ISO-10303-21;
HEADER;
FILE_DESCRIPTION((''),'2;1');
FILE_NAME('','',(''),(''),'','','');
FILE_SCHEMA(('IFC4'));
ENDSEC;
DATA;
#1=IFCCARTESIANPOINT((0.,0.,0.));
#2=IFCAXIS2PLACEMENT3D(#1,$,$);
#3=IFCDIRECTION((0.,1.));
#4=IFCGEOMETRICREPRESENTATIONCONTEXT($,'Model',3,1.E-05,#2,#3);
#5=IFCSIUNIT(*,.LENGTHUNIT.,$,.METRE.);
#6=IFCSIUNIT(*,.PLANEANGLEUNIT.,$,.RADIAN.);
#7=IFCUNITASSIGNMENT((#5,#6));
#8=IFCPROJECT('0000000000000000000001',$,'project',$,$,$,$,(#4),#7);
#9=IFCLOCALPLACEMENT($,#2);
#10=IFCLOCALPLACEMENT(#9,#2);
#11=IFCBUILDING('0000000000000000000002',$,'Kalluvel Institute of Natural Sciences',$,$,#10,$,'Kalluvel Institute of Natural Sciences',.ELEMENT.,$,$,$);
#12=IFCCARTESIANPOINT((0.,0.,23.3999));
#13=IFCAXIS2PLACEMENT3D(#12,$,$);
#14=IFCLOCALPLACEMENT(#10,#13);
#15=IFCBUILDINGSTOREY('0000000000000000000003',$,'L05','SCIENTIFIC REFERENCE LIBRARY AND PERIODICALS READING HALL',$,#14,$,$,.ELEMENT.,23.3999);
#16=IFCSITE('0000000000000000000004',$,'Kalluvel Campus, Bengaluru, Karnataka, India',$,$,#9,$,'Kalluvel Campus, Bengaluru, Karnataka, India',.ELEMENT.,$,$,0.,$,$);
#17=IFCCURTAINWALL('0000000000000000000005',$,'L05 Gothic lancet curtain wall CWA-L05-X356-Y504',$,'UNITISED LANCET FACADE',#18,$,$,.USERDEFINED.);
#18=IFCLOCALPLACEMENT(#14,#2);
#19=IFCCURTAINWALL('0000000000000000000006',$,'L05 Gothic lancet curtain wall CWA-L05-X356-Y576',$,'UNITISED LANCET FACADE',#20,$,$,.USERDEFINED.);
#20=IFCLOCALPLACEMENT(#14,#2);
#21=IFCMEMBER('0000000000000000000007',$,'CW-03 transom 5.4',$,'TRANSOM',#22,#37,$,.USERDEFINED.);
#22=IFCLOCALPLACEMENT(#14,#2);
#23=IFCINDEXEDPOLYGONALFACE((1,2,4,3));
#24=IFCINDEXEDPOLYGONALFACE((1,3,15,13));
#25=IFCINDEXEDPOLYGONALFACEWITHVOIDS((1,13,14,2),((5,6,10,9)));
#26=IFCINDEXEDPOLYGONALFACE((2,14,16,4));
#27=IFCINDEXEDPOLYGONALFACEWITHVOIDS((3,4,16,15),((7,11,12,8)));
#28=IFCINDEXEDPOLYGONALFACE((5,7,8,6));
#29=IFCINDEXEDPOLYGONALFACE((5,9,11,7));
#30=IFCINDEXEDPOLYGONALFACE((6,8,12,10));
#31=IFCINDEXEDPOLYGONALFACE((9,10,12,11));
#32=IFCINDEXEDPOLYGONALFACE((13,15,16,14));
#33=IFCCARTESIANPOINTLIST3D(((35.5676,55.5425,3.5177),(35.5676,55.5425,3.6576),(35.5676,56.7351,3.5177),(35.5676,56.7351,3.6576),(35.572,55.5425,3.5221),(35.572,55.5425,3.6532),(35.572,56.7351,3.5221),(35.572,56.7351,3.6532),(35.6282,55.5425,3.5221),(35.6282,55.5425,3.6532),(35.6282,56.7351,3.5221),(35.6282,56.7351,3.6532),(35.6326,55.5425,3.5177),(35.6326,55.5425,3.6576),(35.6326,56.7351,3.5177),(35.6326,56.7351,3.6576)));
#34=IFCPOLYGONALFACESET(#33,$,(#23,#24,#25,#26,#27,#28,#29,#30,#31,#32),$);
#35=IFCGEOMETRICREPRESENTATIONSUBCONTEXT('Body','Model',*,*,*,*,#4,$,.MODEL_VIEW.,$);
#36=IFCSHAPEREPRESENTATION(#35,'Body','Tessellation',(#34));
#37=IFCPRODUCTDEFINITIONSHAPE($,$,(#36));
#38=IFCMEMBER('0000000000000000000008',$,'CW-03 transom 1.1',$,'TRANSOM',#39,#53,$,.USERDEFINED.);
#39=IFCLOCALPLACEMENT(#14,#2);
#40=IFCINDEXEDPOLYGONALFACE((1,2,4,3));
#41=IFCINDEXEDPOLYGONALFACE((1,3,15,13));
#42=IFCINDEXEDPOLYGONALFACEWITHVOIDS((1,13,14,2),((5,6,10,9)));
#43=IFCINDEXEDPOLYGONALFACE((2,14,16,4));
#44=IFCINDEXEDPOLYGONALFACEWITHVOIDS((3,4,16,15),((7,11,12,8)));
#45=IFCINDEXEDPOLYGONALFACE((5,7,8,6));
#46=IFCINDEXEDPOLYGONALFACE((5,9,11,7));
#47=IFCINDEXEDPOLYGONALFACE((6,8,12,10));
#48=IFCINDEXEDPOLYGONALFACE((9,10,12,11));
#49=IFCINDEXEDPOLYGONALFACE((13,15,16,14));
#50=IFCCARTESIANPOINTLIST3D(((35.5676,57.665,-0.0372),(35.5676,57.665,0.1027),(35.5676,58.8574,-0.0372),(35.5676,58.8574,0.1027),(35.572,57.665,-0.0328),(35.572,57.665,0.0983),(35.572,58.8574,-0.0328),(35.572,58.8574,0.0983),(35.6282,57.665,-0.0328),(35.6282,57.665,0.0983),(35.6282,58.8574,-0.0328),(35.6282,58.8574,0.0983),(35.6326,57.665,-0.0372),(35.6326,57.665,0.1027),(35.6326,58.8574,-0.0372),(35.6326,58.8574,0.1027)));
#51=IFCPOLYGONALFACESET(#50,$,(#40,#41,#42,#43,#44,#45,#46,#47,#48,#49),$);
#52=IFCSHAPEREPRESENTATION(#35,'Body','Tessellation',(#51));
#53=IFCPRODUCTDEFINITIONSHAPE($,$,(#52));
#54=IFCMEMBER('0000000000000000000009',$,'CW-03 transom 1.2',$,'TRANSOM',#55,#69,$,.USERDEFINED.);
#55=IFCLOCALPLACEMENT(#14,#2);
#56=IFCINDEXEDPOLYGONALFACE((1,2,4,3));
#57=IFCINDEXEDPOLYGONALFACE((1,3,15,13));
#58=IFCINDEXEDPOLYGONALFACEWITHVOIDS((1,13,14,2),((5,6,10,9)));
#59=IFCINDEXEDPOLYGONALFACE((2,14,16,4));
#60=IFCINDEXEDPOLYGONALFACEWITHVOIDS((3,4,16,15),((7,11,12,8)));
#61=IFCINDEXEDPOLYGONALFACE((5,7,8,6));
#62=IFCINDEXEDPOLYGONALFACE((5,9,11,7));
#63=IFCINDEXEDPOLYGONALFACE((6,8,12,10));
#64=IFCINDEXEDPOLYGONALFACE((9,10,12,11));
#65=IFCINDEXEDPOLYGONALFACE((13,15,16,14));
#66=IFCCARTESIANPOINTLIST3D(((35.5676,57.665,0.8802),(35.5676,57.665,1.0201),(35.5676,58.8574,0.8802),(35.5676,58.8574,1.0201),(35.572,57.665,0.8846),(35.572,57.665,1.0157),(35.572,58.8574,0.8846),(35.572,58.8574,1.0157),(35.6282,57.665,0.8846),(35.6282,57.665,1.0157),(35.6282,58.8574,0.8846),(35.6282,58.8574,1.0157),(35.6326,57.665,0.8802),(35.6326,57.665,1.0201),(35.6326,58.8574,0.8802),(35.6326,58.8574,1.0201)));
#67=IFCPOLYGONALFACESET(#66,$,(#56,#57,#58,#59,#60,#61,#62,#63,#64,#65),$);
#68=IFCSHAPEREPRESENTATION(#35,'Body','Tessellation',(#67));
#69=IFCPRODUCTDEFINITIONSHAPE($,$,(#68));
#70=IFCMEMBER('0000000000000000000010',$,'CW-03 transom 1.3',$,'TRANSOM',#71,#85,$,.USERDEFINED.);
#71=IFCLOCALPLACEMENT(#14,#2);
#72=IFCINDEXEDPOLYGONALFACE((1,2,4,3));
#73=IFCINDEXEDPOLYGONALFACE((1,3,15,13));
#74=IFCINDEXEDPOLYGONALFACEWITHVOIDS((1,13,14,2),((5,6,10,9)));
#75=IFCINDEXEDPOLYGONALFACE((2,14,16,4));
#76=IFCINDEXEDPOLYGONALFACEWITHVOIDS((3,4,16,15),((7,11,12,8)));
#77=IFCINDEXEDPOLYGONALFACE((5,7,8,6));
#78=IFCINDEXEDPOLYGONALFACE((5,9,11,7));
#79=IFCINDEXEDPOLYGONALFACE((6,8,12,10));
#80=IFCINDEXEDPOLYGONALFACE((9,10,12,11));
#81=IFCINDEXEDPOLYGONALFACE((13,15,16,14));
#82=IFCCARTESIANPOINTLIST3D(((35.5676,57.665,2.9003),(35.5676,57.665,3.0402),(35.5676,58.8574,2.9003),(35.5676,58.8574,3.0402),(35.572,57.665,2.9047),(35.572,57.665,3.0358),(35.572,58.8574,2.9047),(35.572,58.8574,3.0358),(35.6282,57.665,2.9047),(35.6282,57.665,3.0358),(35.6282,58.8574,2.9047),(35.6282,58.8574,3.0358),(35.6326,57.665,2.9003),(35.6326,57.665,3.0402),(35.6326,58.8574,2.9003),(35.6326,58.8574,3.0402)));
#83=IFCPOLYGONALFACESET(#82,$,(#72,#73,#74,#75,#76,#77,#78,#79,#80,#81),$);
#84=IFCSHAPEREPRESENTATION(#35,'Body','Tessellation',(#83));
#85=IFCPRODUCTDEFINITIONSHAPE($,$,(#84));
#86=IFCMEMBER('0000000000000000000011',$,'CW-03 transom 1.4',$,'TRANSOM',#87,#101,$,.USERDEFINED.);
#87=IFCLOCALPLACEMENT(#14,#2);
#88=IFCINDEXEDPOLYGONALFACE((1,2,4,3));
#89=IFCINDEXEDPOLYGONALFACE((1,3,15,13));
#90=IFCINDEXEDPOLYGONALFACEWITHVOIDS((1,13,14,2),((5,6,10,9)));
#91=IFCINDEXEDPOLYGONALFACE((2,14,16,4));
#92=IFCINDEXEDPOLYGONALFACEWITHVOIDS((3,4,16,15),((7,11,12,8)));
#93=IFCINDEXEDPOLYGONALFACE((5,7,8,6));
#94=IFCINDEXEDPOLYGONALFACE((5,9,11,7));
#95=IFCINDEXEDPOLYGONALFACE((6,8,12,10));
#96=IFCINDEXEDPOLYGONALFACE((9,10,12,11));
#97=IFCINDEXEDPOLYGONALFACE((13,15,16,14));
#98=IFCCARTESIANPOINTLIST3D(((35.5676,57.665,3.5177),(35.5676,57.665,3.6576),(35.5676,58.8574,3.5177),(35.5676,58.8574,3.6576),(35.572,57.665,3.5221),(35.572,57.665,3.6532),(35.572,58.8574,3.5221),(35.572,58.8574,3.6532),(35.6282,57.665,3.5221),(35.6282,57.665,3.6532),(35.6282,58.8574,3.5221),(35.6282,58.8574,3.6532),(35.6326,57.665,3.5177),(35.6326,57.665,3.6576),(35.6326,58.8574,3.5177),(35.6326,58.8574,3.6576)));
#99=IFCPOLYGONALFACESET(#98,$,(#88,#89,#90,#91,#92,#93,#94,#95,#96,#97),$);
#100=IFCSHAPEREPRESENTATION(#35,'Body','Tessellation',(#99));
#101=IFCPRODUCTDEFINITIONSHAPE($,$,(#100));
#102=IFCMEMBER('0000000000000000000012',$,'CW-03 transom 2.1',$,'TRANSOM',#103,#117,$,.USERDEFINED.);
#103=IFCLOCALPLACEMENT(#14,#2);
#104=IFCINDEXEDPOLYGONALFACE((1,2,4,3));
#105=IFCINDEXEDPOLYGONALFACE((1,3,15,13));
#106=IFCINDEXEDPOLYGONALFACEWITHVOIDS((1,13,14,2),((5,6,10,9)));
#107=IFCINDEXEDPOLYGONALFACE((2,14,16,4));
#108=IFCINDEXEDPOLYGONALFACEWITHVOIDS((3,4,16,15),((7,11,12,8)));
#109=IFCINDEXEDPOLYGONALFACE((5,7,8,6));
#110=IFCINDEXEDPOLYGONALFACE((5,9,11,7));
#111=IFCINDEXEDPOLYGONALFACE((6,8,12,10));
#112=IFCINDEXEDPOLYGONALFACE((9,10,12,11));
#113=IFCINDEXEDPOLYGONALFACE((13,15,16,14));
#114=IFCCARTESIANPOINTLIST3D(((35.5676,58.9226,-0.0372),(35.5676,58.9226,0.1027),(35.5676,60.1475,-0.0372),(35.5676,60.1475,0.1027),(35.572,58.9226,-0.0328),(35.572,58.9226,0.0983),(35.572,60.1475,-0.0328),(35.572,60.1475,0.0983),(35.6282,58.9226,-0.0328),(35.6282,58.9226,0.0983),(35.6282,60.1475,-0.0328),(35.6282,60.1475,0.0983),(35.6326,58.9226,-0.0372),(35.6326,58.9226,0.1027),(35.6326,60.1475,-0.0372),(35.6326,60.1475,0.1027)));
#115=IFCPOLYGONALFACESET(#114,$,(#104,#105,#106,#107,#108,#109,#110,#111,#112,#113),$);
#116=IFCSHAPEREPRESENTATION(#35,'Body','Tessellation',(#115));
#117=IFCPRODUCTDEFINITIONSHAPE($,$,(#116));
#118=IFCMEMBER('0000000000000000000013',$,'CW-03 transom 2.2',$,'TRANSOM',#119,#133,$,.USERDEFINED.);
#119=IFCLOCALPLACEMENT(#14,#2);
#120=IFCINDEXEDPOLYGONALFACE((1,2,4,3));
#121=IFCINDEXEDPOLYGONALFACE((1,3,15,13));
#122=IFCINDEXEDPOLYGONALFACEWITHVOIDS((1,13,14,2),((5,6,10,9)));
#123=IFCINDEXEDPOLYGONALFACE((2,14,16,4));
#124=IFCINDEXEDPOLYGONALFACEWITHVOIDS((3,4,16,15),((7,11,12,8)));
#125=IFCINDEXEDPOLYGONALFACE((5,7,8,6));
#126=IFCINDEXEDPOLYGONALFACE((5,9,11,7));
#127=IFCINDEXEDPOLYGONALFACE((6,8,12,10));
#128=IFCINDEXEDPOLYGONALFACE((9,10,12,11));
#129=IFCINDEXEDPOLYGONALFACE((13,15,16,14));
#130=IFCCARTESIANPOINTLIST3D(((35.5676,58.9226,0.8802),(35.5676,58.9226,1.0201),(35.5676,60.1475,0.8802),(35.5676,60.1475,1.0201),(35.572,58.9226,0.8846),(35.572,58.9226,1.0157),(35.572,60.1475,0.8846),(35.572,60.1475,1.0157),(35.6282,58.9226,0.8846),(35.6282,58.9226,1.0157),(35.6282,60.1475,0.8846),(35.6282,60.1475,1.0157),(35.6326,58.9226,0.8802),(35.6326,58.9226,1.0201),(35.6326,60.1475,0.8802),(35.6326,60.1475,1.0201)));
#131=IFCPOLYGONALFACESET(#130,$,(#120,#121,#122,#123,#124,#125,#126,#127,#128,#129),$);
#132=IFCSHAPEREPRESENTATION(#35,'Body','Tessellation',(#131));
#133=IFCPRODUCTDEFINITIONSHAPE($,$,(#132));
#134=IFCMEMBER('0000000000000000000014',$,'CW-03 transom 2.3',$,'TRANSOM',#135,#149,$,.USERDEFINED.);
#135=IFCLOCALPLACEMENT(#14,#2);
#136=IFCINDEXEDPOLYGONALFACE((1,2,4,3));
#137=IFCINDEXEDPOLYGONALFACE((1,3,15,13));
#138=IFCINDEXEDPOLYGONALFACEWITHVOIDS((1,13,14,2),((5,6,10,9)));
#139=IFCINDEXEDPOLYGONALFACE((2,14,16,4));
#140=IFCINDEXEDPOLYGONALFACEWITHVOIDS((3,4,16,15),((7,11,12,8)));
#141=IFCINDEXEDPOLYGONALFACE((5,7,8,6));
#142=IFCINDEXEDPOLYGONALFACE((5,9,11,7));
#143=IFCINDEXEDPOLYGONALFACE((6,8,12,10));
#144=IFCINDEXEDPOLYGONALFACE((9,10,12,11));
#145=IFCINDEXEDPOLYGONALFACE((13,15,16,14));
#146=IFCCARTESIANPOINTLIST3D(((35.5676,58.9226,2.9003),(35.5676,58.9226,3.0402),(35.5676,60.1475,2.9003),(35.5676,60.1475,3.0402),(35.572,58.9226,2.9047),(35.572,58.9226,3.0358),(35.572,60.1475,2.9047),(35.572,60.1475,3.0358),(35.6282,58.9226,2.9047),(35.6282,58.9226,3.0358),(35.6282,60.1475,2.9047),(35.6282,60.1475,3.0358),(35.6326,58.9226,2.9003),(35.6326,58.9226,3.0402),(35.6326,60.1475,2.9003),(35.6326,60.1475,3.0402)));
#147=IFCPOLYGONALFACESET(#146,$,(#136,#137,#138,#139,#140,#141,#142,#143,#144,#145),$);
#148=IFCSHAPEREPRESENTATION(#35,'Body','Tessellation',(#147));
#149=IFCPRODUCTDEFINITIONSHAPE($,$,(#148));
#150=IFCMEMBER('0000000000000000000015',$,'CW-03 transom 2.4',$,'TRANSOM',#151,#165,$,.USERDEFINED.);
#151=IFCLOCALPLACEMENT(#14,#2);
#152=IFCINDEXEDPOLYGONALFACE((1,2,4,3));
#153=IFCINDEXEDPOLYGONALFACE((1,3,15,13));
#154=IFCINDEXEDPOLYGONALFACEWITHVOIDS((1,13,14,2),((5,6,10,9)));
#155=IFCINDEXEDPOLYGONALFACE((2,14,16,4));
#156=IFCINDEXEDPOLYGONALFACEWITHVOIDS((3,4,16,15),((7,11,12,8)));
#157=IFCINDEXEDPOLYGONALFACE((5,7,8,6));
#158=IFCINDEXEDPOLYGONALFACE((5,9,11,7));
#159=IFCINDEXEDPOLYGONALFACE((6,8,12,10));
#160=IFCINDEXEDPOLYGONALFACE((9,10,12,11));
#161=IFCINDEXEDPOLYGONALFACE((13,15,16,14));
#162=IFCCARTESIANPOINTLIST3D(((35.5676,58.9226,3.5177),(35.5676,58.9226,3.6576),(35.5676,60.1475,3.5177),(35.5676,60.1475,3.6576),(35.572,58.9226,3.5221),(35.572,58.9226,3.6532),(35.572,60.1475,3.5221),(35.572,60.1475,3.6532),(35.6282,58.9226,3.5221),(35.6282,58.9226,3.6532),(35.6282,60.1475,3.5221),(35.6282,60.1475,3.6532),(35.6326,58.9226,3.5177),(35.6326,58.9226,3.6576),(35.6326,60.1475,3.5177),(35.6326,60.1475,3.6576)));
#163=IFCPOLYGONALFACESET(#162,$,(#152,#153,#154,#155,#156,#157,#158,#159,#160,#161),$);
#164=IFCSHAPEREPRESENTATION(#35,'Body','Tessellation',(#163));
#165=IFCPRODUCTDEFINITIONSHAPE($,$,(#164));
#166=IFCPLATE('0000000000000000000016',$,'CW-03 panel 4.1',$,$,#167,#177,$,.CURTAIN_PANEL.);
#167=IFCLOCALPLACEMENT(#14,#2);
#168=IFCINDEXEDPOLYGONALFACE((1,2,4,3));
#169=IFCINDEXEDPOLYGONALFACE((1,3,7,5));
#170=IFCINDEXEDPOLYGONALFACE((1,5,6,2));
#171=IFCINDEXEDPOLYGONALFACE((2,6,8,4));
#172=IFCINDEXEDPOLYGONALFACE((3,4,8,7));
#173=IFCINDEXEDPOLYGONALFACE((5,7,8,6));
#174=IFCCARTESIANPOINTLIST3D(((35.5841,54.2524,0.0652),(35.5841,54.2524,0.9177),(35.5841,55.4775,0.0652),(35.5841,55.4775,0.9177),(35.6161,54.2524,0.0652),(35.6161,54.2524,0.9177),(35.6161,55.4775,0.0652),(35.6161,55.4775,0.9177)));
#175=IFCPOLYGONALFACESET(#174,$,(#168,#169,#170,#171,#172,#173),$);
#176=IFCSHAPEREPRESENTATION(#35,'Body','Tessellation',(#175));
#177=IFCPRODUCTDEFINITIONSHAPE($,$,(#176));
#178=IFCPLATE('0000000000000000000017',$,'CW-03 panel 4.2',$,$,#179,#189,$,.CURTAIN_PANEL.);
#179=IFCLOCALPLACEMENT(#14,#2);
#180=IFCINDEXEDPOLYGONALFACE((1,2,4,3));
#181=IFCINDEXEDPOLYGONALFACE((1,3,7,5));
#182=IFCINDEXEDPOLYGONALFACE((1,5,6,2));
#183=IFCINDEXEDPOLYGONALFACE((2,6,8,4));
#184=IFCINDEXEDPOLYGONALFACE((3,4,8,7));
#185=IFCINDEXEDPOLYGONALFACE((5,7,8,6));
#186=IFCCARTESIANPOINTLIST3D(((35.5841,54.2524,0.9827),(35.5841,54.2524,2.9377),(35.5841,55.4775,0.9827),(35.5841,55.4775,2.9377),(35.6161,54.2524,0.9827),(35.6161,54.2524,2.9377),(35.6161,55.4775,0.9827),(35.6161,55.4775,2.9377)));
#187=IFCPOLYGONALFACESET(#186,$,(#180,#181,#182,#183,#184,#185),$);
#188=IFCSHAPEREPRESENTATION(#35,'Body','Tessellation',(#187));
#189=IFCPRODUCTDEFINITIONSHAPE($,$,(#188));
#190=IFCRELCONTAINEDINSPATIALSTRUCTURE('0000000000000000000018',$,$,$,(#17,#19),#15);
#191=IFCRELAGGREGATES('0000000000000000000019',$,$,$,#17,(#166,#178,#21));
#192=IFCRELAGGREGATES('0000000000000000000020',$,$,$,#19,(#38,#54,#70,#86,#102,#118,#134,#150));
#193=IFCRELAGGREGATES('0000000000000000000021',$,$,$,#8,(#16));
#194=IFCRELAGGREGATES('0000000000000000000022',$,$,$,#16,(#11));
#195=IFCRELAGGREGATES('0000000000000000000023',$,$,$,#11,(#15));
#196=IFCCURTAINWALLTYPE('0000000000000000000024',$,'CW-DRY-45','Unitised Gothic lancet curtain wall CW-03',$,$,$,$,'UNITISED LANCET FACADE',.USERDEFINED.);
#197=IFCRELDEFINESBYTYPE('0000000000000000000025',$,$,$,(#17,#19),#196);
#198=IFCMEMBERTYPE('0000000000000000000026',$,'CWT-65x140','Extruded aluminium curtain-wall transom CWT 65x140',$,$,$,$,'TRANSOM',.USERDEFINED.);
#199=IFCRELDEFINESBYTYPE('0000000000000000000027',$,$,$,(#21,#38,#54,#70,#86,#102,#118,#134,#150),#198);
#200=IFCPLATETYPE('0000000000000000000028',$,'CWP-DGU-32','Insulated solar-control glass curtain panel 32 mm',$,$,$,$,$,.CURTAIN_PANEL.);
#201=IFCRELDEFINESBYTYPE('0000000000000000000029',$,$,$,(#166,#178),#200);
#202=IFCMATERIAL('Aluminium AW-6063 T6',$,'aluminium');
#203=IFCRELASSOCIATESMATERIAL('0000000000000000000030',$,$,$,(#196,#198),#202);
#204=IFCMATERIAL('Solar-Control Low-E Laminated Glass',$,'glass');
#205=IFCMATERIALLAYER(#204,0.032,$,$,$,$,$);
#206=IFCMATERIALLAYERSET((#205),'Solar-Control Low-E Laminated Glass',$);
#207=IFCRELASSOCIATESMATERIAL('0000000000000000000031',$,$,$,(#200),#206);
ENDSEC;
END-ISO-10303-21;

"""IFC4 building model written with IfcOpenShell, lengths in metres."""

from ifc_helpers import new_model, si_unit, direction, frame, origin, origin_2d, place, context, subcontext, project, spatial, rectangle, hollow_rectangle, extrude, material, layer, layer_set, material_profile, profile_set, type_object, element, aggregate, save


model = new_model("IFC4")

# Units and contexts
model_context = context("Model", 3, precision=1e-05, world=origin(), true_north=direction((0.0, 1.0)))
body_context = subcontext(model_context, "Body", "Model", "MODEL_VIEW")
ifc_project = project(units=[si_unit("LENGTHUNIT", "METRE"), si_unit("PLANEANGLEUNIT", "RADIAN")], contexts=[model_context])

# Site, building, storey
site_placement = place(None, origin())
site = spatial("IfcSite", under=ifc_project, at=site_placement, Name="Kalluvel Campus, Bengaluru, Karnataka, India", LongName="Kalluvel Campus, Bengaluru, Karnataka, India", CompositionType="ELEMENT", RefElevation=0.0)
building_placement = place(site_placement, origin())
building = spatial("IfcBuilding", under=site, at=building_placement, Name="Kalluvel Institute of Natural Sciences", LongName="Kalluvel Institute of Natural Sciences", CompositionType="ELEMENT")
storey_placement = place(building_placement, frame((0.0, 0.0, 23.3999)))
storey = spatial("IfcBuildingStorey", under=building, at=storey_placement, Name="L05", Description="SCIENTIFIC REFERENCE LIBRARY AND PERIODICALS READING HALL", CompositionType="ELEMENT", Elevation=23.3999)

# Curtain walls
ifc_material_1 = material(Name="Aluminium AW-6063 T6", Category="aluminium")
curtain_wall_type = type_object("IfcCurtainWallType", Name="CW-DRY-45", Description="Unitised Gothic lancet curtain wall CW-03", ElementType="UNITISED LANCET FACADE", PredefinedType="USERDEFINED", material=ifc_material_1)
curtain_wall_1_placement = place(storey_placement, origin())
curtain_wall_1 = element("IfcCurtainWall", 1, at=curtain_wall_1_placement, inside=storey, type_object=curtain_wall_type, Name="L05 Gothic lancet curtain wall CWA-L05-X356-Y504", ObjectType="UNITISED LANCET FACADE", PredefinedType="USERDEFINED")
curtain_wall_2_placement = place(storey_placement, origin())
curtain_wall_2 = element("IfcCurtainWall", 2, at=curtain_wall_2_placement, inside=storey, type_object=curtain_wall_type, Name="L05 Gothic lancet curtain wall CWA-L05-X356-Y576", ObjectType="UNITISED LANCET FACADE", PredefinedType="USERDEFINED")

# Members
ifc_material_profile_1 = material_profile(ifc_material_1, hollow_rectangle(XDim=0.0649, YDim=0.1399, WallThickness=0.0044, at=origin_2d()), Name="CWT 65x140")
ifc_profile_set_1 = profile_set([ifc_material_profile_1], Name="Aluminium AW-6063 T6")
member_type_1 = type_object("IfcMemberType", Name="CWT-65x140", Description="Extruded aluminium curtain-wall transom CWT 65x140", ElementType="TRANSOM", PredefinedType="USERDEFINED", material=ifc_profile_set_1)
member_1_placement = place(storey_placement, frame((35.6001, 55.5425, 3.5876), z_axis=(0.0, 1.0, 0.0), x_axis=(-1.0, 0.0, 0.0)))
member_1 = element("IfcMember", 3, at=member_1_placement, type_object=member_type_1, Name="CW-03 transom 5.4", ObjectType="TRANSOM", PredefinedType="USERDEFINED", context=body_context, shape_type="SweptSolid", body=[
    extrude(hollow_rectangle(XDim=0.0649, YDim=0.1399, WallThickness=0.0044, at=origin_2d()), origin(), (0.0, 0.0, 1.0), 1.1926),
])
member_2_placement = place(storey_placement, frame((35.6001, 57.665, 0.0327), z_axis=(0.0, 1.0, 0.0), x_axis=(-1.0, 0.0, 0.0)))
member_2 = element("IfcMember", 4, at=member_2_placement, type_object=member_type_1, Name="CW-03 transom 1.1", ObjectType="TRANSOM", PredefinedType="USERDEFINED", context=body_context, shape_type="SweptSolid", body=[
    extrude(hollow_rectangle(XDim=0.0649, YDim=0.1399, WallThickness=0.0044, at=origin_2d()), origin(), (0.0, 0.0, 1.0), 1.1924),
])
member_3_placement = place(storey_placement, frame((35.6001, 57.665, 0.9502), z_axis=(0.0, 1.0, 0.0), x_axis=(-1.0, 0.0, 0.0)))
member_3 = element("IfcMember", 5, at=member_3_placement, type_object=member_type_1, Name="CW-03 transom 1.2", ObjectType="TRANSOM", PredefinedType="USERDEFINED", context=body_context, shape_type="SweptSolid", body=[
    extrude(hollow_rectangle(XDim=0.0649, YDim=0.1399, WallThickness=0.0044, at=origin_2d()), origin(), (0.0, 0.0, 1.0), 1.1924),
])
member_4_placement = place(storey_placement, frame((35.6001, 57.665, 2.9702), z_axis=(0.0, 1.0, 0.0), x_axis=(-1.0, 0.0, 0.0)))
member_4 = element("IfcMember", 6, at=member_4_placement, type_object=member_type_1, Name="CW-03 transom 1.3", ObjectType="TRANSOM", PredefinedType="USERDEFINED", context=body_context, shape_type="SweptSolid", body=[
    extrude(hollow_rectangle(XDim=0.0649, YDim=0.1399, WallThickness=0.0044, at=origin_2d()), origin(), (0.0, 0.0, 1.0), 1.1924),
])
member_5_placement = place(storey_placement, frame((35.6001, 57.665, 3.5876), z_axis=(0.0, 1.0, 0.0), x_axis=(-1.0, 0.0, 0.0)))
member_5 = element("IfcMember", 7, at=member_5_placement, type_object=member_type_1, Name="CW-03 transom 1.4", ObjectType="TRANSOM", PredefinedType="USERDEFINED", context=body_context, shape_type="SweptSolid", body=[
    extrude(hollow_rectangle(XDim=0.0649, YDim=0.1399, WallThickness=0.0044, at=origin_2d()), origin(), (0.0, 0.0, 1.0), 1.1924),
])
member_6_placement = place(storey_placement, frame((35.6001, 58.9226, 0.0327), z_axis=(0.0, 1.0, 0.0), x_axis=(-1.0, 0.0, 0.0)))
member_6 = element("IfcMember", 8, at=member_6_placement, type_object=member_type_1, Name="CW-03 transom 2.1", ObjectType="TRANSOM", PredefinedType="USERDEFINED", context=body_context, shape_type="SweptSolid", body=[
    extrude(hollow_rectangle(XDim=0.0649, YDim=0.1399, WallThickness=0.0044, at=origin_2d()), origin(), (0.0, 0.0, 1.0), 1.2249),
])
member_7_placement = place(storey_placement, frame((35.6001, 58.9226, 0.9502), z_axis=(0.0, 1.0, 0.0), x_axis=(-1.0, 0.0, 0.0)))
member_7 = element("IfcMember", 9, at=member_7_placement, type_object=member_type_1, Name="CW-03 transom 2.2", ObjectType="TRANSOM", PredefinedType="USERDEFINED", context=body_context, shape_type="SweptSolid", body=[
    extrude(hollow_rectangle(XDim=0.0649, YDim=0.1399, WallThickness=0.0044, at=origin_2d()), origin(), (0.0, 0.0, 1.0), 1.2249),
])
member_8_placement = place(storey_placement, frame((35.6001, 58.9226, 2.9702), z_axis=(0.0, 1.0, 0.0), x_axis=(-1.0, 0.0, 0.0)))
member_8 = element("IfcMember", 10, at=member_8_placement, type_object=member_type_1, Name="CW-03 transom 2.3", ObjectType="TRANSOM", PredefinedType="USERDEFINED", context=body_context, shape_type="SweptSolid", body=[
    extrude(hollow_rectangle(XDim=0.0649, YDim=0.1399, WallThickness=0.0044, at=origin_2d()), origin(), (0.0, 0.0, 1.0), 1.2249),
])
member_9_placement = place(storey_placement, frame((35.6001, 58.9226, 3.5876), z_axis=(0.0, 1.0, 0.0), x_axis=(-1.0, 0.0, 0.0)))
member_9 = element("IfcMember", 11, at=member_9_placement, type_object=member_type_1, Name="CW-03 transom 2.4", ObjectType="TRANSOM", PredefinedType="USERDEFINED", context=body_context, shape_type="SweptSolid", body=[
    extrude(hollow_rectangle(XDim=0.0649, YDim=0.1399, WallThickness=0.0044, at=origin_2d()), origin(), (0.0, 0.0, 1.0), 1.2249),
])

# Plates
ifc_material_2 = material(Name="Solar-Control Low-E Laminated Glass", Category="glass")
ifc_layer = layer(ifc_material_2, 0.032)
ifc_layer_set = layer_set([ifc_layer], Name="Solar-Control Low-E Laminated Glass")
plate_type = type_object("IfcPlateType", Name="CWP-DGU-32", Description="Insulated solar-control glass curtain panel 32 mm", PredefinedType="CURTAIN_PANEL", material=ifc_layer_set)
plate_1_placement = place(storey_placement, frame((35.6001, 54.865, 0.0652), z_axis=(0.0, 0.0, 1.0), x_axis=(0.0, 1.0, 0.0)))
plate_1 = element("IfcPlate", 12, at=plate_1_placement, type_object=plate_type, Name="CW-03 panel 4.1", PredefinedType="CURTAIN_PANEL", context=body_context, shape_type="SweptSolid", body=[
    extrude(rectangle(XDim=1.2251, YDim=0.032, at=origin_2d()), origin(), (0.0, 0.0, 1.0), 0.8525),
])
plate_2_placement = place(storey_placement, frame((35.6001, 54.865, 0.9827), z_axis=(0.0, 0.0, 1.0), x_axis=(0.0, 1.0, 0.0)))
plate_2 = element("IfcPlate", 13, at=plate_2_placement, type_object=plate_type, Name="CW-03 panel 4.2", PredefinedType="CURTAIN_PANEL", context=body_context, shape_type="SweptSolid", body=[
    extrude(rectangle(XDim=1.2251, YDim=0.032, at=origin_2d()), origin(), (0.0, 0.0, 1.0), 1.9551),
])
aggregate(curtain_wall_1, [plate_1, plate_2, member_1])
aggregate(curtain_wall_2, [member_2, member_3, member_4, member_5, member_6, member_7, member_8, member_9])

save(model, "model.ifc")
